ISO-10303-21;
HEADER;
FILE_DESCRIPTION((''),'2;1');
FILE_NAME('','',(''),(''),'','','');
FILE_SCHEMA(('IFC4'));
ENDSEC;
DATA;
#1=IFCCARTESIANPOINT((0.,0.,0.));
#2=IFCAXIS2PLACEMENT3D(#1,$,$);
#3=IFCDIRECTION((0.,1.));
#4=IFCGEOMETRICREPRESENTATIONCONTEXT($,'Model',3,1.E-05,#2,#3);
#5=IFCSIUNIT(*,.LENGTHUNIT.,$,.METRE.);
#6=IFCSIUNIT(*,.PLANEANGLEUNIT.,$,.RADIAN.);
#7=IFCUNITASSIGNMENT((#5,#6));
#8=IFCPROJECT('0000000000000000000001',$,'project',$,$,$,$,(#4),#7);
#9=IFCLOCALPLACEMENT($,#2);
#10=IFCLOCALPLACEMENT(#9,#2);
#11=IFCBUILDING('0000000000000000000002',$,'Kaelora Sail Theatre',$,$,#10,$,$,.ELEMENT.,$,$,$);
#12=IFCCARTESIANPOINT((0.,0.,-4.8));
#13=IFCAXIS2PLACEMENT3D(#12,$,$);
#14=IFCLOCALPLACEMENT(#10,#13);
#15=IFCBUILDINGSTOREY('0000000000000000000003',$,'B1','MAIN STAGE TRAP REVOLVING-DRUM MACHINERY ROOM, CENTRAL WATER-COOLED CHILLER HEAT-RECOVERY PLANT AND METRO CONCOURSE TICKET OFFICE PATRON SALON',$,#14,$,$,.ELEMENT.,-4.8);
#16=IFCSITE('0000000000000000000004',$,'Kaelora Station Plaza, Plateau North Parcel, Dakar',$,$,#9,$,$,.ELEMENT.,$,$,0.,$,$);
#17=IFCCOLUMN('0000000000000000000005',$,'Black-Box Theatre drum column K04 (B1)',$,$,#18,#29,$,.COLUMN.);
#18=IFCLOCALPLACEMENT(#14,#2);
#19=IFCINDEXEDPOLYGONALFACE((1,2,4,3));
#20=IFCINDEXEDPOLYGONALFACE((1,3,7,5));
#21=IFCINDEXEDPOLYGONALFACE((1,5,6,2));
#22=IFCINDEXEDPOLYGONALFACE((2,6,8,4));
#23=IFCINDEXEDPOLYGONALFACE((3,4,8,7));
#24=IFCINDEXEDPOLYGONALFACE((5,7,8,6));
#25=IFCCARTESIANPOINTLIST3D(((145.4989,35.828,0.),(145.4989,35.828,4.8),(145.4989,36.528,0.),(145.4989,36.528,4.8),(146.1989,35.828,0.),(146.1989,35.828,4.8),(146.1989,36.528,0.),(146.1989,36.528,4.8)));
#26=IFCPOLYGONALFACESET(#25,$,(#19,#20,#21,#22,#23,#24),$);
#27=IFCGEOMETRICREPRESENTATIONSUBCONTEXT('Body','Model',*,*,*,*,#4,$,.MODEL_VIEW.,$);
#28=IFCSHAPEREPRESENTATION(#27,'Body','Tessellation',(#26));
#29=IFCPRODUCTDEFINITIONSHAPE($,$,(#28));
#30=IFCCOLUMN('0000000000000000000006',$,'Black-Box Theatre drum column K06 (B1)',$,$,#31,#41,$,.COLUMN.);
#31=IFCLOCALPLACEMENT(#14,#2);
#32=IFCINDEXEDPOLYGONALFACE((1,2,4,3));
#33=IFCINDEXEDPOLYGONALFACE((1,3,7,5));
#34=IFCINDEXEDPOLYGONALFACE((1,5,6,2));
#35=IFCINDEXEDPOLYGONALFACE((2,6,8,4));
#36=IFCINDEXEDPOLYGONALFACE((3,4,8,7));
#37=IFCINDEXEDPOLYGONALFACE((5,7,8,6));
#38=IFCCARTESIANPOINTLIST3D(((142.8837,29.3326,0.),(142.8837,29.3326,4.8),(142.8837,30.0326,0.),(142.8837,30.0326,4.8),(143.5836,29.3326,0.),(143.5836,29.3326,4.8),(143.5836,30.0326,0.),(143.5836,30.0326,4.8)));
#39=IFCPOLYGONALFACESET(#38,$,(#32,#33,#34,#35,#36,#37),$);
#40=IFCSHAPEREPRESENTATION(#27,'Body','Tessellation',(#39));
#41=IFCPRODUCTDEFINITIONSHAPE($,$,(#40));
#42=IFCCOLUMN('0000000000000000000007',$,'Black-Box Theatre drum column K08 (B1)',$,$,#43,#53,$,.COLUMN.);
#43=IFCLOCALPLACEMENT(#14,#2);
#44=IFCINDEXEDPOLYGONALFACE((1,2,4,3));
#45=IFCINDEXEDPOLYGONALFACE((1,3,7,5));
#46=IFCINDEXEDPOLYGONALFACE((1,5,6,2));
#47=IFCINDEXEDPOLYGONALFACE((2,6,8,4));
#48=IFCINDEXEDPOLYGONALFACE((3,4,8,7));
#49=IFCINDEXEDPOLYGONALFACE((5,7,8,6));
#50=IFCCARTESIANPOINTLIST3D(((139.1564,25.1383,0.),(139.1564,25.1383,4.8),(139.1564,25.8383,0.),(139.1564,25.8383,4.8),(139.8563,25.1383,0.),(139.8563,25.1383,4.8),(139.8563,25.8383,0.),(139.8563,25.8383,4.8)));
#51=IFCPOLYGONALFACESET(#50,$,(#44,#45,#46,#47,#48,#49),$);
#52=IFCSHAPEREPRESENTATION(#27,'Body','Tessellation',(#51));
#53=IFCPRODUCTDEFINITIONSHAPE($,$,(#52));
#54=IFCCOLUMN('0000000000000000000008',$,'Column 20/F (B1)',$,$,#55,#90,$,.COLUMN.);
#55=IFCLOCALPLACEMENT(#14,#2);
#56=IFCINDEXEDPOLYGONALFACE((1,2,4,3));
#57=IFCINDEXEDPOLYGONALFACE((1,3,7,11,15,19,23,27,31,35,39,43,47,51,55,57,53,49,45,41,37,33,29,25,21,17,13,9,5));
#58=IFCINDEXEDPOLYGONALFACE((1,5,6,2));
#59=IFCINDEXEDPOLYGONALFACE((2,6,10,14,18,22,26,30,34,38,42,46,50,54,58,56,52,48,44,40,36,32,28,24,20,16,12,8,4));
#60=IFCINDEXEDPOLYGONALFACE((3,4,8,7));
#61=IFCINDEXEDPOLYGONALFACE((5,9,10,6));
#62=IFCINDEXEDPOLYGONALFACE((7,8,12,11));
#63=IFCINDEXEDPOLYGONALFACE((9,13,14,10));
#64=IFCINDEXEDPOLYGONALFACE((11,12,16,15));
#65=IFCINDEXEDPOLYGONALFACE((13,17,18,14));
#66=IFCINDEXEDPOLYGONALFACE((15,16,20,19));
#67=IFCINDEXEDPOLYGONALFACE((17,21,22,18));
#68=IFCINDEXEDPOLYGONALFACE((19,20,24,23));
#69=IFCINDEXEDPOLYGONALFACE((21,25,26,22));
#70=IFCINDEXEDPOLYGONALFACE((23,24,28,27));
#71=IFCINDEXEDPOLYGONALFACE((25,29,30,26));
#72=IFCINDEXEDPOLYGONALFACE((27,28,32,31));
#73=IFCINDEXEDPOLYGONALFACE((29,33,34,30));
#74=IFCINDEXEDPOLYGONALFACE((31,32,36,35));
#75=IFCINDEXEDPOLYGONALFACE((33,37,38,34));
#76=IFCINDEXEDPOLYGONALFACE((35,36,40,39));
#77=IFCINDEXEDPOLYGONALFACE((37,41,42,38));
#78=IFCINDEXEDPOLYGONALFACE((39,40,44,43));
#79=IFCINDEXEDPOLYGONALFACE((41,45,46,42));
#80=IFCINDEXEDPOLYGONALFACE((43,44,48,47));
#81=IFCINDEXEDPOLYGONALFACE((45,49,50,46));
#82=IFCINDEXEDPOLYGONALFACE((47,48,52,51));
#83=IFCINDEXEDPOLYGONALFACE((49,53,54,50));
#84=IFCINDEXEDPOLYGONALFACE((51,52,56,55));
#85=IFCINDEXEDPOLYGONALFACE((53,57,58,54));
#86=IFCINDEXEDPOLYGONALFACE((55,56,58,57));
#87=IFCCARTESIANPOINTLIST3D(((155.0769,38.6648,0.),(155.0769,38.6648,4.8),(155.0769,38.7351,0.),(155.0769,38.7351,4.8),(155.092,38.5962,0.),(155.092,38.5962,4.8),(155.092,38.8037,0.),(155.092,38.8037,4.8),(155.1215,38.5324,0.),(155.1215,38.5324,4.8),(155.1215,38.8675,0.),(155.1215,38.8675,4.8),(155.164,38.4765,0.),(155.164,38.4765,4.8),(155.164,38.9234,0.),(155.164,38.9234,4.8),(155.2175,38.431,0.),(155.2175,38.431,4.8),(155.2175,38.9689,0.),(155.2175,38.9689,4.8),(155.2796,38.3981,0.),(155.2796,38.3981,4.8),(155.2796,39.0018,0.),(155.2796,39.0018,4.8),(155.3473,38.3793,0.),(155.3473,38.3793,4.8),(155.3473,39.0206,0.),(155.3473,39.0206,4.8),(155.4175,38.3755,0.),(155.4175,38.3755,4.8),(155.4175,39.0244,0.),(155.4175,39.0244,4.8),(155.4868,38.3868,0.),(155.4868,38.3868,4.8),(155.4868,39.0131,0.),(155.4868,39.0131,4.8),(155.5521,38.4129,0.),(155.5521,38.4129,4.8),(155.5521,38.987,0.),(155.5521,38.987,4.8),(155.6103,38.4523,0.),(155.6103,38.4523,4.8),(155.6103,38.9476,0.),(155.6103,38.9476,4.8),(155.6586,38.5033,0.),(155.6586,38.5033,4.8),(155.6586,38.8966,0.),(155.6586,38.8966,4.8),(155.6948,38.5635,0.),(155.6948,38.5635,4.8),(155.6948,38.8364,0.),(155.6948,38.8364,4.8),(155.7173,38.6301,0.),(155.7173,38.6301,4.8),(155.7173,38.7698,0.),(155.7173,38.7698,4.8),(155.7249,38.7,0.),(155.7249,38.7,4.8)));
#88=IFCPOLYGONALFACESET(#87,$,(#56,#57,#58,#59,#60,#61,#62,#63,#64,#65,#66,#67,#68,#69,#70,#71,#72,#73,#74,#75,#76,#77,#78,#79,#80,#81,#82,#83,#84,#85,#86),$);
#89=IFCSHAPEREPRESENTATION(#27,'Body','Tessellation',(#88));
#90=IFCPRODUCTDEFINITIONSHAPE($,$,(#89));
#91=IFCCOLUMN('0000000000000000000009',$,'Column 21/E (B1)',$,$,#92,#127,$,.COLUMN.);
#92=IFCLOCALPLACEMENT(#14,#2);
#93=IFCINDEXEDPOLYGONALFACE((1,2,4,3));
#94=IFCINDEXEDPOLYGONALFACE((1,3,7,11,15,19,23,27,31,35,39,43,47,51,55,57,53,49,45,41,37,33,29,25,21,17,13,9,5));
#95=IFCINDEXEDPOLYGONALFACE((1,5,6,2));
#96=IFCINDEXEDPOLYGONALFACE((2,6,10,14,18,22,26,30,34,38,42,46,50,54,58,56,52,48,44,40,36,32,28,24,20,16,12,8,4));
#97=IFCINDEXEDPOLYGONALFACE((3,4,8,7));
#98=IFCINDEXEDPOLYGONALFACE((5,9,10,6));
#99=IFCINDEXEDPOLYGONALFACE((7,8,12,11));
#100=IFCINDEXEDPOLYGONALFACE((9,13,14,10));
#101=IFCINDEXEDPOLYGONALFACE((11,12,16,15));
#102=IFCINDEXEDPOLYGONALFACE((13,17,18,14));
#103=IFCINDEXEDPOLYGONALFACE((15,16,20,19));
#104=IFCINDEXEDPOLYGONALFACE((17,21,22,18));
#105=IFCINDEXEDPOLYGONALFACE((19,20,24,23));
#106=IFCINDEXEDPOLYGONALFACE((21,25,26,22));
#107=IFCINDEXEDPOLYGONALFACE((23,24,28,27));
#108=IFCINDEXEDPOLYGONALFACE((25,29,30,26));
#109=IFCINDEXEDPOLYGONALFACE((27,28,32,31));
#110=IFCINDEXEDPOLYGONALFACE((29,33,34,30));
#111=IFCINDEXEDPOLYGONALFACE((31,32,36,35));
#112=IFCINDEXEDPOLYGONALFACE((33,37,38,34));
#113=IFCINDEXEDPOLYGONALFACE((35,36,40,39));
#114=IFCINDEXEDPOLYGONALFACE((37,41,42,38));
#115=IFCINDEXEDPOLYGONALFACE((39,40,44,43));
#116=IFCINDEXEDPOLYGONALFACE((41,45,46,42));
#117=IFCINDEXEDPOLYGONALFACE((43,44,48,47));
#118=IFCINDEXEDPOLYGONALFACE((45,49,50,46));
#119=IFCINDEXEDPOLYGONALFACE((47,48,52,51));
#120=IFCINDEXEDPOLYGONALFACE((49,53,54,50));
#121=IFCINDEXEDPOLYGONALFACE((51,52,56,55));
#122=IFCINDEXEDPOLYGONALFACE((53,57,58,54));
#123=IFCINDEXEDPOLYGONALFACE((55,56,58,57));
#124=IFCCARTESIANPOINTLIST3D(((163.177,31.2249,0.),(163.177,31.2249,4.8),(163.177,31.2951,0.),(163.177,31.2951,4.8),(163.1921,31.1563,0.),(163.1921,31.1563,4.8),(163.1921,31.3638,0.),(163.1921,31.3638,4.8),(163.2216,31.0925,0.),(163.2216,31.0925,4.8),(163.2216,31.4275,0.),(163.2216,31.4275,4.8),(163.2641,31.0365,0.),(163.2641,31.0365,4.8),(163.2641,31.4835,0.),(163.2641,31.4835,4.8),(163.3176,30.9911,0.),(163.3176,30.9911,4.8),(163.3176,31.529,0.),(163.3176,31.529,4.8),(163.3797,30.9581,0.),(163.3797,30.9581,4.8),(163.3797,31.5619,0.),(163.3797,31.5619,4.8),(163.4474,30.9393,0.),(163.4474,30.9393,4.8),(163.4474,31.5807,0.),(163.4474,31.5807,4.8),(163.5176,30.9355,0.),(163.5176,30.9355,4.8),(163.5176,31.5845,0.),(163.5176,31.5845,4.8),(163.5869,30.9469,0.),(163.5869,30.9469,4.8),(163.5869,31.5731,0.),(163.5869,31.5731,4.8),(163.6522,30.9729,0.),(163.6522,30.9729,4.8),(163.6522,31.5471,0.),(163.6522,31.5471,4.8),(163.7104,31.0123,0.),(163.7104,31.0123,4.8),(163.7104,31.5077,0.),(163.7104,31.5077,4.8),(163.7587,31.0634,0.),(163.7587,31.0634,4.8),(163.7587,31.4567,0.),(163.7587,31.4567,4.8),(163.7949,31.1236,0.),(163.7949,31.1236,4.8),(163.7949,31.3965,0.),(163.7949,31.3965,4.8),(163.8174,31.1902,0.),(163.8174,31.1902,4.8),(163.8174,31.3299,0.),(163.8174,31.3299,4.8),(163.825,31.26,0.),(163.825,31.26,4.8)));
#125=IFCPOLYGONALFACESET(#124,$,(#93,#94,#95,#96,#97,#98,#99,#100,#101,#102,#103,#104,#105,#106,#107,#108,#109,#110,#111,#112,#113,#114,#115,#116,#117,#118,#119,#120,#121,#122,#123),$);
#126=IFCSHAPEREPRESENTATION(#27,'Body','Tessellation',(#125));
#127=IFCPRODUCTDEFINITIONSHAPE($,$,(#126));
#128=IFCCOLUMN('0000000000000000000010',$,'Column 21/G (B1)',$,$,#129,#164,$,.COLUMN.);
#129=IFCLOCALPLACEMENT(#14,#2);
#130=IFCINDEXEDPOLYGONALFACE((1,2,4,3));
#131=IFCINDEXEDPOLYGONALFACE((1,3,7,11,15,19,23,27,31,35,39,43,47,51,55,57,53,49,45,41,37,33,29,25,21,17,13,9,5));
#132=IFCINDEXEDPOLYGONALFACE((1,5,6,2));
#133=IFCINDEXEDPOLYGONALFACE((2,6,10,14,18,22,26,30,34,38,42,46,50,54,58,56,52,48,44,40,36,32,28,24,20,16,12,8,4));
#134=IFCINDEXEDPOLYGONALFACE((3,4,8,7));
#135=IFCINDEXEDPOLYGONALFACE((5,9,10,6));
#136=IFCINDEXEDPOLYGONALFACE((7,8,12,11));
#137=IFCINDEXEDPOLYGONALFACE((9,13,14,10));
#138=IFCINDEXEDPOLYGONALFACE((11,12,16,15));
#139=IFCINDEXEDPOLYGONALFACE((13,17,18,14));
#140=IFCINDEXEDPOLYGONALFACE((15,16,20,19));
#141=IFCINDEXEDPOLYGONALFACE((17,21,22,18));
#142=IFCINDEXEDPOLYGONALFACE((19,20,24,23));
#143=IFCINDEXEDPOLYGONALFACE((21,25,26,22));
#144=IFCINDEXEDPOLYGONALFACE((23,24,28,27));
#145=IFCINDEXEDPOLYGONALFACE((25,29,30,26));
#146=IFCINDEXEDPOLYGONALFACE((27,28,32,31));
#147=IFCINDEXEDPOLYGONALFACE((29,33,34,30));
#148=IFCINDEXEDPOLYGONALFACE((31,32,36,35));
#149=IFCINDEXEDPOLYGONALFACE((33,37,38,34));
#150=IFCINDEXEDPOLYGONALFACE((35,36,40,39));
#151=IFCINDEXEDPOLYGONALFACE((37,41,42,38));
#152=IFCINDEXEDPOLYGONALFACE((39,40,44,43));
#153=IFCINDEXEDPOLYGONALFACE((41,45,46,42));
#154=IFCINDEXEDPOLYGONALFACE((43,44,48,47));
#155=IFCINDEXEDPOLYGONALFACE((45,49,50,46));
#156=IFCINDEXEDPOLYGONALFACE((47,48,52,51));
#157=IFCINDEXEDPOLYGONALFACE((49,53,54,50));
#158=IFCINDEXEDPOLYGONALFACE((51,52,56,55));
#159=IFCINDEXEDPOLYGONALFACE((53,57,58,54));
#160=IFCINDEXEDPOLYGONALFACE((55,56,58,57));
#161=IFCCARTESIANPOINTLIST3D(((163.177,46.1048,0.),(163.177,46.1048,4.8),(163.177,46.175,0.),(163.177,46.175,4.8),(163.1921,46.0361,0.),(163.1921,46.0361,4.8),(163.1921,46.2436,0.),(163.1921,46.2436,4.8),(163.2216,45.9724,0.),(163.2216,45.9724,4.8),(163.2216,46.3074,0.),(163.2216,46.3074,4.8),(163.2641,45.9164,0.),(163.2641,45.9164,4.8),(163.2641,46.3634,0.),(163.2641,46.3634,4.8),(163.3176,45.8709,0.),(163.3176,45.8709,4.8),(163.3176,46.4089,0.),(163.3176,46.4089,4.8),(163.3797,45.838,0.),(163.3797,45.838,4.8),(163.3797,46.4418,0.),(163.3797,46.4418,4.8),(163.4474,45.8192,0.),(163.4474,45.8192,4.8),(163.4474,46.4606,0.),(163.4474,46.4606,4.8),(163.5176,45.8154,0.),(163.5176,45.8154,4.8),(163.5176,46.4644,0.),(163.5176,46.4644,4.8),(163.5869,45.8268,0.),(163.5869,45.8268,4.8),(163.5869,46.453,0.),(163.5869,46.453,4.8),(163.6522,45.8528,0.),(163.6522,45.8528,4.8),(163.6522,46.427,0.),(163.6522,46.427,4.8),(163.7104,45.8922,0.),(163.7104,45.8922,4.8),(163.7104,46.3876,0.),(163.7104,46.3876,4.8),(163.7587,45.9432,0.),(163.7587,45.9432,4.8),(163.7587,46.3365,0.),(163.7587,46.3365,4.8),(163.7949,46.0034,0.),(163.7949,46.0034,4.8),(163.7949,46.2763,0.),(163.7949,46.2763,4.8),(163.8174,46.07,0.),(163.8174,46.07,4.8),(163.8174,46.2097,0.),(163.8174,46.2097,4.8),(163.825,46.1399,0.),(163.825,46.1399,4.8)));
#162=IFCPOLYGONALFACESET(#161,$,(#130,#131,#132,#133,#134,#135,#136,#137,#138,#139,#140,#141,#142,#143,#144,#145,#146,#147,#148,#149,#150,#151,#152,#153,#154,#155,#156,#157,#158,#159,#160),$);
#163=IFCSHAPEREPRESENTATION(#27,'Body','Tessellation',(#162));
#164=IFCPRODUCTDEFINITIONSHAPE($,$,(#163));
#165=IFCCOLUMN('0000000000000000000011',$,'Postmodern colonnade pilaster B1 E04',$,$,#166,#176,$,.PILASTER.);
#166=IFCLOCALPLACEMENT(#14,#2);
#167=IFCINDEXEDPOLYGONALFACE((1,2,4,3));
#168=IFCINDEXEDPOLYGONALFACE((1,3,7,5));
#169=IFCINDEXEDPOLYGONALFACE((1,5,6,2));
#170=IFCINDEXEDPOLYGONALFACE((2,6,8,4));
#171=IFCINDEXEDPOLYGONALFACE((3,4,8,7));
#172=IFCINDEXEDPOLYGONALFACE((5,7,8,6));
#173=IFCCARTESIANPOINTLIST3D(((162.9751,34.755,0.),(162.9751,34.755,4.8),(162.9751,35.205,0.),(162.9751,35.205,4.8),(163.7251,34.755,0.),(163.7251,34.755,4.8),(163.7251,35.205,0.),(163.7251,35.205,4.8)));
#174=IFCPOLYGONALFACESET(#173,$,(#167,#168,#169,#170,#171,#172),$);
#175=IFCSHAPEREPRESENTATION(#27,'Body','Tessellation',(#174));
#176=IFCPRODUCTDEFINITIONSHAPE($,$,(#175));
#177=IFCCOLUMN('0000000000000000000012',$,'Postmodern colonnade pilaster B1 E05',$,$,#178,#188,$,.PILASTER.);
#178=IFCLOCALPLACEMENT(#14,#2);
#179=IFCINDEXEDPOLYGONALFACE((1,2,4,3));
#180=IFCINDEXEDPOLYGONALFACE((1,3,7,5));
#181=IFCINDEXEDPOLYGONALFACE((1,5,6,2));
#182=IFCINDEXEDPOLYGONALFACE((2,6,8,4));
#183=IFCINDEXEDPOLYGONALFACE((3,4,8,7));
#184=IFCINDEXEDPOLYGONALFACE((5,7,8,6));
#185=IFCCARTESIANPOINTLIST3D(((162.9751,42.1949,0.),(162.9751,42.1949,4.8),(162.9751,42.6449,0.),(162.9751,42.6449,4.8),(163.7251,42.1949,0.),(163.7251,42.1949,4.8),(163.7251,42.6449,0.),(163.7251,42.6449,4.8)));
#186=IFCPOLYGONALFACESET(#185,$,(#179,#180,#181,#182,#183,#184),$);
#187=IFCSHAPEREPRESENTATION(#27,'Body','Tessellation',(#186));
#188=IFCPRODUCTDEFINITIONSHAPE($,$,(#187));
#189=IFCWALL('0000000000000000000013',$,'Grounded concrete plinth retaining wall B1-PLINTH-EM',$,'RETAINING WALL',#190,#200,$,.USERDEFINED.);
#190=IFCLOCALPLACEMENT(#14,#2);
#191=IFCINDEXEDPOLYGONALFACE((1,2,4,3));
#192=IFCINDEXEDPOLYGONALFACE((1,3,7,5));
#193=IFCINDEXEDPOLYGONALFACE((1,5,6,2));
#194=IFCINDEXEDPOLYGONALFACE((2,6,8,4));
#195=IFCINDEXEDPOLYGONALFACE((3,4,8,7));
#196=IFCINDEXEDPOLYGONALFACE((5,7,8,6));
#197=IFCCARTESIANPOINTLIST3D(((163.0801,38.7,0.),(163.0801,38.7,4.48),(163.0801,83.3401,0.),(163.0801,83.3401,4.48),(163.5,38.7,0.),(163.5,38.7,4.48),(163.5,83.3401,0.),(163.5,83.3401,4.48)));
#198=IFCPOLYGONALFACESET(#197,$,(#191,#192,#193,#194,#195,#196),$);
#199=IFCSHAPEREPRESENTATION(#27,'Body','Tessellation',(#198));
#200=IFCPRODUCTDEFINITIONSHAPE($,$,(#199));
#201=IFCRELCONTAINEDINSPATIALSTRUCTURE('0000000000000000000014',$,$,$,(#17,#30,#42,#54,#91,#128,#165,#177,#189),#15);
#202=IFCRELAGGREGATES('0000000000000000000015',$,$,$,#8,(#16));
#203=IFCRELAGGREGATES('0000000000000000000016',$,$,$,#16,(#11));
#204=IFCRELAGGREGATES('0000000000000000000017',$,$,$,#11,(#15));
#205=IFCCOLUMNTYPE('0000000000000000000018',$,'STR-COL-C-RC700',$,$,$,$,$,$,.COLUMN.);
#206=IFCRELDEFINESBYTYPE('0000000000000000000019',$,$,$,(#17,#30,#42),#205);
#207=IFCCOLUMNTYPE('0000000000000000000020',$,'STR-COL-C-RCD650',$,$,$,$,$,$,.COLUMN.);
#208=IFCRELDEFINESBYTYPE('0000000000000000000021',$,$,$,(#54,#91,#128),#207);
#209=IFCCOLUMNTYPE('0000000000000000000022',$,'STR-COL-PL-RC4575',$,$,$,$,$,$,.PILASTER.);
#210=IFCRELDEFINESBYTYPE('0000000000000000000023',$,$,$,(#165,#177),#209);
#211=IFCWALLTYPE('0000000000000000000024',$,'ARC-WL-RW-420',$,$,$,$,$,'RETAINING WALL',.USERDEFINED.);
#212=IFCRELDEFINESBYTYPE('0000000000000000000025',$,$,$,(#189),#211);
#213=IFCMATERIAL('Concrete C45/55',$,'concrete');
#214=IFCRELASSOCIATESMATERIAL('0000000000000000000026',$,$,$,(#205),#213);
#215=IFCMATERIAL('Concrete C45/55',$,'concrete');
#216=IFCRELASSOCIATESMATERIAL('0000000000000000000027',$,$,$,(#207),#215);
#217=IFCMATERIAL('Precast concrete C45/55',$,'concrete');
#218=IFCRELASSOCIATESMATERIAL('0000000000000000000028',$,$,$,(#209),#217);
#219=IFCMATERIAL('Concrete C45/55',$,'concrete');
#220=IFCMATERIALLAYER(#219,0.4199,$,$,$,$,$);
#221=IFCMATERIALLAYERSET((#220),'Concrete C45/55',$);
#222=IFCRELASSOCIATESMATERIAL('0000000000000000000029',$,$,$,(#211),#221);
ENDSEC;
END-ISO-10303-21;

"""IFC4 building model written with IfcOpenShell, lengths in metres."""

from ifc_helpers import new_model, si_unit, direction, frame, frame_2d, origin, origin_2d, place, context, subcontext, project, spatial, rectangle, circle, extrude, material, layer, layer_set, material_profile, profile_set, type_object, element, save


model = new_model("IFC4")

# Units and contexts
model_context = context("Model", 3, precision=1e-05, world=origin(), true_north=direction((0.0, 1.0)))
body_context = subcontext(model_context, "Body", "Model", "MODEL_VIEW")
ifc_project = project(units=[si_unit("LENGTHUNIT", "METRE"), si_unit("PLANEANGLEUNIT", "RADIAN")], contexts=[model_context])

# Site, building, storey
site_placement = place(None, origin())
site = spatial("IfcSite", under=ifc_project, at=site_placement, Name="Kaelora Station Plaza, Plateau North Parcel, Dakar", CompositionType="ELEMENT", RefElevation=0.0)
building_placement = place(site_placement, origin())
building = spatial("IfcBuilding", under=site, at=building_placement, Name="Kaelora Sail Theatre", CompositionType="ELEMENT")
storey_placement = place(building_placement, frame((0.0, 0.0, -4.8)))
storey = spatial("IfcBuildingStorey", under=building, at=storey_placement, Name="B1", Description="MAIN STAGE TRAP REVOLVING-DRUM MACHINERY ROOM, CENTRAL WATER-COOLED CHILLER HEAT-RECOVERY PLANT AND METRO CONCOURSE TICKET OFFICE PATRON SALON", CompositionType="ELEMENT", Elevation=-4.8)

# Columns
ifc_material_1 = material(Name="Concrete C45/55", Category="concrete")
ifc_material_profile_1 = material_profile(ifc_material_1, rectangle(XDim=0.7, YDim=0.7, at=origin_2d()), Name="RC-COL 700x700")
ifc_profile_set_1 = profile_set([ifc_material_profile_1], Name="Concrete C45/55")
column_type_1 = type_object("IfcColumnType", Name="STR-COL-C-RC700", PredefinedType="COLUMN", material=ifc_profile_set_1)
for number, where, z_axis, x_axis, name in (
    (1, (145.8489, 36.178, 0.0), (0.0, 0.0, 1.0), (1.0, 0.0, 0.0), "Black-Box Theatre drum column K04 (B1)"),
    (2, (143.2336, 29.6826, 0.0), (0.0, 0.0, 1.0), (1.0, 0.0, 0.0), "Black-Box Theatre drum column K06 (B1)"),
    (3, (139.5063, 25.4883, 0.0), (0.0, 0.0, 1.0), (1.0, 0.0, 0.0), "Black-Box Theatre drum column K08 (B1)"),
):
    element("IfcColumn", number, at=place(storey_placement, frame(where, z_axis=z_axis, x_axis=x_axis)), inside=storey, type_object=column_type_1, Name=name, PredefinedType="COLUMN", context=body_context, shape_type="SweptSolid", body=[
        extrude(rectangle(XDim=0.7, YDim=0.7, at=origin_2d()), origin(), (0.0, 0.0, 1.0), 4.8),
    ])
ifc_material_2 = material(Name="Concrete C45/55", Category="concrete")
ifc_material_profile_2 = material_profile(ifc_material_2, circle(Radius=0.325, at=origin_2d()), Name="RC-CCOL D650")
ifc_profile_set_2 = profile_set([ifc_material_profile_2], Name="Concrete C45/55")
column_type_2 = type_object("IfcColumnType", Name="STR-COL-C-RCD650", PredefinedType="COLUMN", material=ifc_profile_set_2)
for number, where, z_axis, x_axis, name in (
    (4, (155.3999, 38.7, 0.0), (0.0, 0.0, 1.0), (1.0, 0.0, 0.0), "Column 20/F (B1)"),
    (5, (163.5, 31.26, 0.0), (0.0, 0.0, 1.0), (1.0, 0.0, 0.0), "Column 21/E (B1)"),
    (6, (163.5, 46.1399, 0.0), (0.0, 0.0, 1.0), (1.0, 0.0, 0.0), "Column 21/G (B1)"),
):
    element("IfcColumn", number, at=place(storey_placement, frame(where, z_axis=z_axis, x_axis=x_axis)), inside=storey, type_object=column_type_2, Name=name, PredefinedType="COLUMN", context=body_context, shape_type="SweptSolid", body=[
        extrude(circle(Radius=0.325, at=origin_2d()), origin(), (0.0, 0.0, 1.0), 4.8),
    ])
ifc_material_3 = material(Name="Precast concrete C45/55", Category="concrete")
ifc_material_profile_3 = material_profile(ifc_material_3, rectangle(XDim=0.45, YDim=0.75, at=origin_2d()), Name="RC-PIL 450x750")
ifc_profile_set_3 = profile_set([ifc_material_profile_3], Name="Precast concrete C45/55")
column_type_3 = type_object("IfcColumnType", Name="STR-COL-PL-RC4575", PredefinedType="PILASTER", material=ifc_profile_set_3)
for number, where, z_axis, x_axis, name in (
    (7, (163.3501, 34.98, 0.0), (0.0, 0.0, 1.0), (0.0, 1.0, 0.0), "Postmodern colonnade pilaster B1 E04"),
    (8, (163.3501, 42.4199, 0.0), (0.0, 0.0, 1.0), (0.0, 1.0, 0.0), "Postmodern colonnade pilaster B1 E05"),
):
    element("IfcColumn", number, at=place(storey_placement, frame(where, z_axis=z_axis, x_axis=x_axis)), inside=storey, type_object=column_type_3, Name=name, PredefinedType="PILASTER", context=body_context, shape_type="SweptSolid", body=[
        extrude(rectangle(XDim=0.45, YDim=0.75, at=origin_2d()), origin(), (0.0, 0.0, 1.0), 4.8),
    ])

# Wall
ifc_material_4 = material(Name="Concrete C45/55", Category="concrete")
ifc_layer = layer(ifc_material_4, 0.4199)
ifc_layer_set = layer_set([ifc_layer], Name="Concrete C45/55")
wall_type = type_object("IfcWallType", Name="ARC-WL-RW-420", ElementType="RETAINING WALL", PredefinedType="USERDEFINED", material=ifc_layer_set)
wall_placement = place(storey_placement, frame((163.29, 38.7, 0.0), z_axis=(0.0, 0.0, 1.0), x_axis=(0.0, 1.0, 0.0)))
element("IfcWall", 9, at=wall_placement, inside=storey, type_object=wall_type, Name="Grounded concrete plinth retaining wall B1-PLINTH-EM", ObjectType="RETAINING WALL", PredefinedType="USERDEFINED", context=body_context, shape_type="SweptSolid", body=[
    extrude(rectangle(XDim=44.6401, YDim=0.4199, at=frame_2d((22.3201, 0.0))), origin(), (0.0, 0.0, 1.0), 4.48),
])

save(model, "model.ifc")
